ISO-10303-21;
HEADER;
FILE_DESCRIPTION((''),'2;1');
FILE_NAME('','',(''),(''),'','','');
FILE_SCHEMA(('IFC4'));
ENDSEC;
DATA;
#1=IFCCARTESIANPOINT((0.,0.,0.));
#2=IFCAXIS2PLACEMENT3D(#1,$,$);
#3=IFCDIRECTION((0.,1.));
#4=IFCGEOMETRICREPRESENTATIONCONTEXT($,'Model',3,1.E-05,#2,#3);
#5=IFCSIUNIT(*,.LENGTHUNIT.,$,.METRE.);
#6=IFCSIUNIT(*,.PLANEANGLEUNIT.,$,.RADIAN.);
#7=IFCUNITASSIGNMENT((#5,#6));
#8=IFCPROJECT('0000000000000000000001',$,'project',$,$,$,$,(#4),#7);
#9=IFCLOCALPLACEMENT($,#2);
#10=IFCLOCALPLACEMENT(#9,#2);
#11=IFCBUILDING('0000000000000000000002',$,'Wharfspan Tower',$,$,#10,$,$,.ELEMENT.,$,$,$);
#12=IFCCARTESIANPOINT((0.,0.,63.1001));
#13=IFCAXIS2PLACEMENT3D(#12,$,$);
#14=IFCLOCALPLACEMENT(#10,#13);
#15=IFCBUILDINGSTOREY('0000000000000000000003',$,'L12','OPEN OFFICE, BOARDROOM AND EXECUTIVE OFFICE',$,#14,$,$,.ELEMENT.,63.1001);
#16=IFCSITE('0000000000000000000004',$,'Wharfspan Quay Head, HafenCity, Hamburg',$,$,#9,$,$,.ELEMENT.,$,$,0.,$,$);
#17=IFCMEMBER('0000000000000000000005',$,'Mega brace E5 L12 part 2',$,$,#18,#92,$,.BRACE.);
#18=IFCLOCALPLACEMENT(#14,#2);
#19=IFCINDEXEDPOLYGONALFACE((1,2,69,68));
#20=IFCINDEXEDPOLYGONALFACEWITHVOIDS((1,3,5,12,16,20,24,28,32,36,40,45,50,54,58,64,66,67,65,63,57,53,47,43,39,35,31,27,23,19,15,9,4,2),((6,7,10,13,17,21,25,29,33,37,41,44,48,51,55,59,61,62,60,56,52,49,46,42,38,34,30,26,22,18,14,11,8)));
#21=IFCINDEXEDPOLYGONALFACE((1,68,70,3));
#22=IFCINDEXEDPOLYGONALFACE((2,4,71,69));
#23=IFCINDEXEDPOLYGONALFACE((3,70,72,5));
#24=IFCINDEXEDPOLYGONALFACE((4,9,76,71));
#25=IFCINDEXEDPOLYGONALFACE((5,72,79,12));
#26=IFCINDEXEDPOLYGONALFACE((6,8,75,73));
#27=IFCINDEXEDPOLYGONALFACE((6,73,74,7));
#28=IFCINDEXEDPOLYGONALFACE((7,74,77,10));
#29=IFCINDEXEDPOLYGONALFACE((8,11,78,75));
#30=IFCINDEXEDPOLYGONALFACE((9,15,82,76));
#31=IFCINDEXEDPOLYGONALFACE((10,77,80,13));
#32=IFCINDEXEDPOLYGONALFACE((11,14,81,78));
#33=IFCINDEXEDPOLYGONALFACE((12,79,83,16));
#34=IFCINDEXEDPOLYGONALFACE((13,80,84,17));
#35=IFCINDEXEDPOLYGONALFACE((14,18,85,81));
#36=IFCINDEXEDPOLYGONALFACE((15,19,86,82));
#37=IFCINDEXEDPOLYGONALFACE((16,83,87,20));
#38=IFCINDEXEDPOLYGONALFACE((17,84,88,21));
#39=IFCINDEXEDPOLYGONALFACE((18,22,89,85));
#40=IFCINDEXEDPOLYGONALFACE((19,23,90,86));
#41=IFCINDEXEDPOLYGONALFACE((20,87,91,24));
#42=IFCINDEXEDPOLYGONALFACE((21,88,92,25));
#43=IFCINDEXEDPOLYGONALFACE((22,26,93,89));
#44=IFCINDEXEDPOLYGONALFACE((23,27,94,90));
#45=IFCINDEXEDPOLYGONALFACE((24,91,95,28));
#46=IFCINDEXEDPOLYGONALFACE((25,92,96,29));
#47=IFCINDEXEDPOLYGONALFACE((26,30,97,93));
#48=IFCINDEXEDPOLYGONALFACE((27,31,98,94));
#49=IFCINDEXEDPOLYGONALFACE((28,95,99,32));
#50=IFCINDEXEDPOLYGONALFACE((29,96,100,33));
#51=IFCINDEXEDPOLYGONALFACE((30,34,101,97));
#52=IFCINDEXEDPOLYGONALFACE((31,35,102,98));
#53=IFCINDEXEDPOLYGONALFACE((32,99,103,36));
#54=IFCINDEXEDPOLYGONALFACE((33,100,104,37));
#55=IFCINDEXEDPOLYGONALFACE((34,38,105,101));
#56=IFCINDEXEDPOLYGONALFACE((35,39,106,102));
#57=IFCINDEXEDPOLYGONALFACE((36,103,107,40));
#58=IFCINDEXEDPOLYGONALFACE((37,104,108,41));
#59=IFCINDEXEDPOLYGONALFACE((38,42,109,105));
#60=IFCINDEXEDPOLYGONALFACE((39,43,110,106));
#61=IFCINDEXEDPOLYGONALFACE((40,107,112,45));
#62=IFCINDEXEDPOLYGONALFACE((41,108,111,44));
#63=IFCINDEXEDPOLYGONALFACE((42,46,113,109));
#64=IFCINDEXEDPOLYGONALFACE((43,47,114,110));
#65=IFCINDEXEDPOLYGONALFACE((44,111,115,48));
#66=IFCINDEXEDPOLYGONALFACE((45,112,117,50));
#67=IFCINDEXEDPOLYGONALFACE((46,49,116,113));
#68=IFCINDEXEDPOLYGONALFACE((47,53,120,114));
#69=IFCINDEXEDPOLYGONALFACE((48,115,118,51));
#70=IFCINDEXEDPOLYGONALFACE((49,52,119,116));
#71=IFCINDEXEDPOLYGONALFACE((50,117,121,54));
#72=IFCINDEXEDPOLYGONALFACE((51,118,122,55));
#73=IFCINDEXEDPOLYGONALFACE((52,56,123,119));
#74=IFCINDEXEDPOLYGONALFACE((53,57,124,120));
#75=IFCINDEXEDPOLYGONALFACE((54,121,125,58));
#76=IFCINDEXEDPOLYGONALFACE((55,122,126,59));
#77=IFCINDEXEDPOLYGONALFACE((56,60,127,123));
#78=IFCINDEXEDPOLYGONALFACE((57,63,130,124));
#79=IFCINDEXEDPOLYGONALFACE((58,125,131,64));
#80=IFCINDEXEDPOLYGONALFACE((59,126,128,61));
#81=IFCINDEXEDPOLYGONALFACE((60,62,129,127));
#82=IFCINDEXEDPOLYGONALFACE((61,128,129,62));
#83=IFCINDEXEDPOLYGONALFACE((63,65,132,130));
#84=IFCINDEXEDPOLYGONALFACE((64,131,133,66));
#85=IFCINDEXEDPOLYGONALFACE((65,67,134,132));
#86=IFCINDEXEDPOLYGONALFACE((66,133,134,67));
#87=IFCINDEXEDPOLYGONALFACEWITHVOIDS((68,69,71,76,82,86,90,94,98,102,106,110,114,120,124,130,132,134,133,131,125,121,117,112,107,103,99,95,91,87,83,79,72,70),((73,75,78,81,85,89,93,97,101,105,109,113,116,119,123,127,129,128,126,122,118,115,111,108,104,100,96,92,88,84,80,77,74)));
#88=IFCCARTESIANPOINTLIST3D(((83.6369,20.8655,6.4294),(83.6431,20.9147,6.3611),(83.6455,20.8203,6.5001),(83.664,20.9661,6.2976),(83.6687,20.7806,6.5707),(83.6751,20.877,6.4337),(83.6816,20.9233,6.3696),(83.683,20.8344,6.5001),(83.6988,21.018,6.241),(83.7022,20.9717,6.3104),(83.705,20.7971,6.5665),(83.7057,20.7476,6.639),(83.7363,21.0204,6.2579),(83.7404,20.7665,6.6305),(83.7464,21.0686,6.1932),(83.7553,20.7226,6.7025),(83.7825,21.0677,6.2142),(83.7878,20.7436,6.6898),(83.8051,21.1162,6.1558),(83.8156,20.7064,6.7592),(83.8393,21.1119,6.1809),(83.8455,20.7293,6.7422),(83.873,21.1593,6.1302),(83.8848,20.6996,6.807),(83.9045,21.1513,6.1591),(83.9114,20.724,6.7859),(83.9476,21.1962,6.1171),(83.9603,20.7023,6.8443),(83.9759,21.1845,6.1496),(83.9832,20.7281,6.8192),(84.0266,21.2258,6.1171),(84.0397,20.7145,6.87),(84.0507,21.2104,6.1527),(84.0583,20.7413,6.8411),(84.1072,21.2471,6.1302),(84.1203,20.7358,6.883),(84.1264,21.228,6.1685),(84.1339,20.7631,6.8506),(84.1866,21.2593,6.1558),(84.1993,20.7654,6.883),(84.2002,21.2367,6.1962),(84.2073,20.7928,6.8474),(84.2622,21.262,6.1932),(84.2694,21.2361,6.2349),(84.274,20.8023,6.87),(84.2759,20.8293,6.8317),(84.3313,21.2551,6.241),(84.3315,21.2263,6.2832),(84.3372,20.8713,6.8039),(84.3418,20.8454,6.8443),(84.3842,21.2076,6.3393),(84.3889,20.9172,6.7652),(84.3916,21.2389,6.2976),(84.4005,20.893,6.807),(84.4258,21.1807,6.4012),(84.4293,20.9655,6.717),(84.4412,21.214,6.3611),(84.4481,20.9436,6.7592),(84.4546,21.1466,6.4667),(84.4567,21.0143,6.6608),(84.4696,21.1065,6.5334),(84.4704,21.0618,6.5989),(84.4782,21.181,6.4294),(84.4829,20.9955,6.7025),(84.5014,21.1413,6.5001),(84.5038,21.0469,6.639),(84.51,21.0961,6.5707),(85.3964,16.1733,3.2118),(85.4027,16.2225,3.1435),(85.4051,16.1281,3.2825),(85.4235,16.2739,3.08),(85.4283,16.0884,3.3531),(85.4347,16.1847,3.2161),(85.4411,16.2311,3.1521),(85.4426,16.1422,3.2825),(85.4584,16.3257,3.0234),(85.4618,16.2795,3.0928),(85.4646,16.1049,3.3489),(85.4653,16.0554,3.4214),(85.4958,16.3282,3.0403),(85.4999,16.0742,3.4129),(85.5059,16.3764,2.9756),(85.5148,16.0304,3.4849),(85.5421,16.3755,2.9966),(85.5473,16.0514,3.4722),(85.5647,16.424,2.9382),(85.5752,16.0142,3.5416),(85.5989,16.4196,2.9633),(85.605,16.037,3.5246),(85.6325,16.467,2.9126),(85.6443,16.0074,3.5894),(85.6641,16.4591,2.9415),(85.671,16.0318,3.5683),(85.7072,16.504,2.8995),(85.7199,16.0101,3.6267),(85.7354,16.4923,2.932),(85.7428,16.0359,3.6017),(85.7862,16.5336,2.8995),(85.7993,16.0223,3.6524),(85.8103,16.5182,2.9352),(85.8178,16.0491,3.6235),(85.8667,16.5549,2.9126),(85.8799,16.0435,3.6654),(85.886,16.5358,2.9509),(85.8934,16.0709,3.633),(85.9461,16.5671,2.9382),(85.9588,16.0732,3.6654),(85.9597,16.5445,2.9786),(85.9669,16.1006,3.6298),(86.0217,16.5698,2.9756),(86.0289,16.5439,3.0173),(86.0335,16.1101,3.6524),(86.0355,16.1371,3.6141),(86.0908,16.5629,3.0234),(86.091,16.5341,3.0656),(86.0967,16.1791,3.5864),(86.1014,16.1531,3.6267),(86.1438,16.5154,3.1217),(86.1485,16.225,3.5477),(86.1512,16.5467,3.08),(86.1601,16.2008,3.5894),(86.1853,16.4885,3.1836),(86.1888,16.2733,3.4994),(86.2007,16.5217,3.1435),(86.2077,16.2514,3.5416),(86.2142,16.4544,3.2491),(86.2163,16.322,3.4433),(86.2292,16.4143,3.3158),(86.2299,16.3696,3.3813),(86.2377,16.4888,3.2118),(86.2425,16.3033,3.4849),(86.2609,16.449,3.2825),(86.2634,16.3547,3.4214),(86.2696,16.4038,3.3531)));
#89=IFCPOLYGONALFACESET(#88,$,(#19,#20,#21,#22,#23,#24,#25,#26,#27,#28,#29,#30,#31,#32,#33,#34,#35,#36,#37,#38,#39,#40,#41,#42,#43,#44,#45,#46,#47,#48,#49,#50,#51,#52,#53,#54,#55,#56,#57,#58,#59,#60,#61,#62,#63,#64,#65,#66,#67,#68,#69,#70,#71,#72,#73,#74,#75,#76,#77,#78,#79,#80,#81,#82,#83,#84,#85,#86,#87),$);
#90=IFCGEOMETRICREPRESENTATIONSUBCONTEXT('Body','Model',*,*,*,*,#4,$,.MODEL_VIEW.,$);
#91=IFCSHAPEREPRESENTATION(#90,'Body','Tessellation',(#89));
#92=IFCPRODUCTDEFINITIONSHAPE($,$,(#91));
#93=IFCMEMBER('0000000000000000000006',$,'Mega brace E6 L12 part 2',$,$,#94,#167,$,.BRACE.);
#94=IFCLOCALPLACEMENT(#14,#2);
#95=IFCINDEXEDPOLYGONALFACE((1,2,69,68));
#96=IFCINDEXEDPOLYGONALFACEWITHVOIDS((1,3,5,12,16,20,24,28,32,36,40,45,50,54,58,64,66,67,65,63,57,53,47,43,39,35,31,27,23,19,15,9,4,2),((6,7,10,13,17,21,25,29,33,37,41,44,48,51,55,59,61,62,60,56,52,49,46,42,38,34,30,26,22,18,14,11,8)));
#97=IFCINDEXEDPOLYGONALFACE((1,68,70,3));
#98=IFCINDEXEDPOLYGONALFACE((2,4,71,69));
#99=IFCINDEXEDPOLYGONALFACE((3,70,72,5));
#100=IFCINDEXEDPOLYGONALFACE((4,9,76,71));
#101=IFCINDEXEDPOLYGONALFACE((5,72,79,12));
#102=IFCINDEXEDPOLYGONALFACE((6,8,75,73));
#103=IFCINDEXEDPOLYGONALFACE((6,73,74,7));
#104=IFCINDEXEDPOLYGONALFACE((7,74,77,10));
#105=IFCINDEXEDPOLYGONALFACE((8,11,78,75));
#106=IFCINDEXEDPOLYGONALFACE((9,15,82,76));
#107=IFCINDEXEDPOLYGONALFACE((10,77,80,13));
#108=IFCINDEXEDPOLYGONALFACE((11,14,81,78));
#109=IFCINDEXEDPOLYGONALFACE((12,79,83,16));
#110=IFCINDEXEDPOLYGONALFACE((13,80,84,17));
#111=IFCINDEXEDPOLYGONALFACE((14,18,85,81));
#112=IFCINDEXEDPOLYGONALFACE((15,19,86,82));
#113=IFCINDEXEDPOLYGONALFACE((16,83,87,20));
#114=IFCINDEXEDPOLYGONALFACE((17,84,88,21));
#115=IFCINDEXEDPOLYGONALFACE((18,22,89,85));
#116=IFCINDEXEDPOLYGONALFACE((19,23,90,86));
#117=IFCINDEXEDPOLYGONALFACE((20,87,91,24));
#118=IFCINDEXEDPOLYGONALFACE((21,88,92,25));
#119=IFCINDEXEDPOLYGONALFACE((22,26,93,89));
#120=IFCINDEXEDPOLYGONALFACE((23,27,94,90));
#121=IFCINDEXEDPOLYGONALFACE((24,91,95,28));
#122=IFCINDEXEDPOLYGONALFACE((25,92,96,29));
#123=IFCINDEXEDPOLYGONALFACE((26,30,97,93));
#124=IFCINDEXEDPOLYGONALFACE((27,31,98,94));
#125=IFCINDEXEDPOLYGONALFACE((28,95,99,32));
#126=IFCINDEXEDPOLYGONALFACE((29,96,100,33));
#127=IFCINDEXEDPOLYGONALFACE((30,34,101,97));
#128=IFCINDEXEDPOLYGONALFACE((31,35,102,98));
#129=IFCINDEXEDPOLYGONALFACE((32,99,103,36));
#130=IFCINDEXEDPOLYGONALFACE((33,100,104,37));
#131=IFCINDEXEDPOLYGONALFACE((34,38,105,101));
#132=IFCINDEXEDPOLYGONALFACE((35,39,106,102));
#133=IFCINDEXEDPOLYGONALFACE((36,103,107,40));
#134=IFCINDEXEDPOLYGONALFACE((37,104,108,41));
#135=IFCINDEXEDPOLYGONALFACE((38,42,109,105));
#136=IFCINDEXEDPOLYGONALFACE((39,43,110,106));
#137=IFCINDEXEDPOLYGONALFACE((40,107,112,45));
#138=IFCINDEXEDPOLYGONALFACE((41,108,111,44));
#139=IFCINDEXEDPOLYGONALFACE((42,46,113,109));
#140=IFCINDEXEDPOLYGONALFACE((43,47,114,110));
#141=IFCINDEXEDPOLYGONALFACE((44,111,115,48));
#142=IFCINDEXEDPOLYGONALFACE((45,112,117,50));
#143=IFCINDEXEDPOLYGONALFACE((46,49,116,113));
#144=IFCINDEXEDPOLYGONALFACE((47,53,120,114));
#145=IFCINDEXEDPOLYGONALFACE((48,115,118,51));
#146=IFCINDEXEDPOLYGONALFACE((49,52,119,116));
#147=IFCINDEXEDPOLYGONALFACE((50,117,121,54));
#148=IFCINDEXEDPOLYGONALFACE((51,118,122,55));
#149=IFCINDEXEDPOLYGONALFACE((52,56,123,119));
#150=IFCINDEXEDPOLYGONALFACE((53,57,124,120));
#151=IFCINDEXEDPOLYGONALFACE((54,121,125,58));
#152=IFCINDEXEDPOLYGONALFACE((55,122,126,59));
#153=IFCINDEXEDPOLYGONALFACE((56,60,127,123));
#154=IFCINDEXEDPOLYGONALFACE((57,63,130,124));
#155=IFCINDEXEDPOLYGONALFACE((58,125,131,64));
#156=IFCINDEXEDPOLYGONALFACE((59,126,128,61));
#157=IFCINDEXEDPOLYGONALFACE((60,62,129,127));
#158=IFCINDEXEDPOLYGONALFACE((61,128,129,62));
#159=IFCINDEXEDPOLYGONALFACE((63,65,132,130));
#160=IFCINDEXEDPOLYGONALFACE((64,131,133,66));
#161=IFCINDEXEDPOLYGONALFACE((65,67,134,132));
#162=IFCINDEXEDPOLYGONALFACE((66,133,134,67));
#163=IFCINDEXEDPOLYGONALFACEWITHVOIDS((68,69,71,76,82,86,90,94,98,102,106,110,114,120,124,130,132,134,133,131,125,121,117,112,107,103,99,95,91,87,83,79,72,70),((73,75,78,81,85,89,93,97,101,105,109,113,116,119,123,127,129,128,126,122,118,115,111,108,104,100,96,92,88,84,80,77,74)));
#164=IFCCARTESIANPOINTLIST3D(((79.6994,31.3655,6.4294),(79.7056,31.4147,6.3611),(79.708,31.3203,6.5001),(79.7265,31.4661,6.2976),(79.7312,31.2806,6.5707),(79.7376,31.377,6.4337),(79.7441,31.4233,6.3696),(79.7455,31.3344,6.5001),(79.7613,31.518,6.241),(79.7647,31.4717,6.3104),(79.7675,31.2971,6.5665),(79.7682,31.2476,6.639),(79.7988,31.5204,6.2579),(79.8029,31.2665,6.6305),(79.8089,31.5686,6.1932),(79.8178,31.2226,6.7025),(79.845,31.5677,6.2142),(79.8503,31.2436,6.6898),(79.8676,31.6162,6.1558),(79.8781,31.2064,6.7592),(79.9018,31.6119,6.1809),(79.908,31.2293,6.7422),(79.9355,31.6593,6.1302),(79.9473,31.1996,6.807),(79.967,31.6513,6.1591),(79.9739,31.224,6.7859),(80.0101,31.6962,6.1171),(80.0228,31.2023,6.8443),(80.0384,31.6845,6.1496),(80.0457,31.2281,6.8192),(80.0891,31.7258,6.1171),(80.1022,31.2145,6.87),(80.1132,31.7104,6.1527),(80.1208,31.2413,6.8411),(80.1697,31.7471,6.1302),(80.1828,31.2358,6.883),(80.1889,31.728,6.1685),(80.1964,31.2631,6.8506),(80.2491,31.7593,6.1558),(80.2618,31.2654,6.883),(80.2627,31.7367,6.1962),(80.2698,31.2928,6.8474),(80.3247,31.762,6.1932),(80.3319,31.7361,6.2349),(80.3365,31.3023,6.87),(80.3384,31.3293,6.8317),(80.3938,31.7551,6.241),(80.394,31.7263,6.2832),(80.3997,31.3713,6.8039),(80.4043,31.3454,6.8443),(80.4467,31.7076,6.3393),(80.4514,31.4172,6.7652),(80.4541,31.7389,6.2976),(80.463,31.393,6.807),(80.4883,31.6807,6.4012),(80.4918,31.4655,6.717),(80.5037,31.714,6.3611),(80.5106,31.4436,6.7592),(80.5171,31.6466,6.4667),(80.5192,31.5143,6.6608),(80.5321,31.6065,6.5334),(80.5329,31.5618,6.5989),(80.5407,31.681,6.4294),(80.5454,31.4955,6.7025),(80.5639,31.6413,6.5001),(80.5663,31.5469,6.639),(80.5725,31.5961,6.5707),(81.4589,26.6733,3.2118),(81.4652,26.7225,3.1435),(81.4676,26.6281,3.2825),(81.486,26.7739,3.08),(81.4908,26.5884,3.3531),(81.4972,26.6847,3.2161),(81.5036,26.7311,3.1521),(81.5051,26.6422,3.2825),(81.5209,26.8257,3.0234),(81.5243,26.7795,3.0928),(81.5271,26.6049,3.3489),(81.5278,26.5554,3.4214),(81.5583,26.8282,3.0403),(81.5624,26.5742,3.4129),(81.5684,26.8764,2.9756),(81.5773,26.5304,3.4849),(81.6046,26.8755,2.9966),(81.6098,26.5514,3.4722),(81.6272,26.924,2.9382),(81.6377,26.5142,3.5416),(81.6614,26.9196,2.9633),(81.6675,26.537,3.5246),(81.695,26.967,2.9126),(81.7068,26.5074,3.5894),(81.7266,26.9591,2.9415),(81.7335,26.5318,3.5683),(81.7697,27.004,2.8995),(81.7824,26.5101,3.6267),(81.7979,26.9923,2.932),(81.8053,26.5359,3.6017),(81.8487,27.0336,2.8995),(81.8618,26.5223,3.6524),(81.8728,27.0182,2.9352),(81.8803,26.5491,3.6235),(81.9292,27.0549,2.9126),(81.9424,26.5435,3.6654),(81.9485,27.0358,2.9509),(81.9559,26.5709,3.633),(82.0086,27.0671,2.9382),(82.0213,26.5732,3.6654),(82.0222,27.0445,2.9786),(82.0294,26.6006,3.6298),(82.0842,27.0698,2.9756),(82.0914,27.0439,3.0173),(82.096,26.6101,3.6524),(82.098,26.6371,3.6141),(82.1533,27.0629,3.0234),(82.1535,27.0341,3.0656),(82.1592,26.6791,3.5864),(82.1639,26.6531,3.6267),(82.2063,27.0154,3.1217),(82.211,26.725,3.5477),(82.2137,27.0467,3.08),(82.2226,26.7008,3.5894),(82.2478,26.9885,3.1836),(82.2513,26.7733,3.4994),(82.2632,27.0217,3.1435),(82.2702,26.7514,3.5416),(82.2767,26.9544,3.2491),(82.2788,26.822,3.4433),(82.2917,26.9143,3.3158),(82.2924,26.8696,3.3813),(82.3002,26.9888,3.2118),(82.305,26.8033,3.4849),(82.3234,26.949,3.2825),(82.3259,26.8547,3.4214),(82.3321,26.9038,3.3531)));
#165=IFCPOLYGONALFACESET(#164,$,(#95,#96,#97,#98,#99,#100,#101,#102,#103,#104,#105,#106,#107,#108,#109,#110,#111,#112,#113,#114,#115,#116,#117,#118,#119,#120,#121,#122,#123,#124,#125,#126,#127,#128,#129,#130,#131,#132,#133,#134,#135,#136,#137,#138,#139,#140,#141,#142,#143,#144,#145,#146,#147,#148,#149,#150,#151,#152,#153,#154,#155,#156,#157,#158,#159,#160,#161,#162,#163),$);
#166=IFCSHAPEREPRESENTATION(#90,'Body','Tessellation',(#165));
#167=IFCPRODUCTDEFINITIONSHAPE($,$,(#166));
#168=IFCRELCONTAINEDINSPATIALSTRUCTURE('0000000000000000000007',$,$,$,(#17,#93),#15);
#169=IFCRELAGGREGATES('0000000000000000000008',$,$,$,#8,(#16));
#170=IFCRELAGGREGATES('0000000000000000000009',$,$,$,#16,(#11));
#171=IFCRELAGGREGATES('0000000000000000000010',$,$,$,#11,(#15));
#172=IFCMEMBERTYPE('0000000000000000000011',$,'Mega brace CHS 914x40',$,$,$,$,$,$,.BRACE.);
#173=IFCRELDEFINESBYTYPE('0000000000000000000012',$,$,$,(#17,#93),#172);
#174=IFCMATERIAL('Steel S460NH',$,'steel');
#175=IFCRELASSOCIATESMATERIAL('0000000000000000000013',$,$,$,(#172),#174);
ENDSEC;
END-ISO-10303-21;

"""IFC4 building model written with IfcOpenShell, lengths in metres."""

from ifc_helpers import new_model, si_unit, direction, frame, origin, origin_2d, place, context, subcontext, project, spatial, hollow_circle, extrude, material, material_profile, profile_set, type_object, element, save


model = new_model("IFC4")

# Units and contexts
model_context = context("Model", 3, precision=1e-05, world=origin(), true_north=direction((0.0, 1.0)))
body_context = subcontext(model_context, "Body", "Model", "MODEL_VIEW")
ifc_project = project(units=[si_unit("LENGTHUNIT", "METRE"), si_unit("PLANEANGLEUNIT", "RADIAN")], contexts=[model_context])

# Site, building, storey
site_placement = place(None, origin())
site = spatial("IfcSite", under=ifc_project, at=site_placement, Name="Wharfspan Quay Head, HafenCity, Hamburg", CompositionType="ELEMENT", RefElevation=0.0)
building_placement = place(site_placement, origin())
building = spatial("IfcBuilding", under=site, at=building_placement, Name="Wharfspan Tower", CompositionType="ELEMENT")
storey_placement = place(building_placement, frame((0.0, 0.0, 63.1001)))
storey = spatial("IfcBuildingStorey", under=building, at=storey_placement, Name="L12", Description="OPEN OFFICE, BOARDROOM AND EXECUTIVE OFFICE", CompositionType="ELEMENT", Elevation=63.1001)

# Members
ifc_material_1 = material(Name="Steel S460NH", Category="steel")
ifc_material_profile_1 = material_profile(ifc_material_1, hollow_circle(Radius=0.457, WallThickness=0.04, at=origin_2d()))
ifc_profile_set_1 = profile_set([ifc_material_profile_1], Name="Steel S460NH")
member_type_1 = type_object("IfcMemberType", Name="Mega brace CHS 914x40", PredefinedType="BRACE", material=ifc_profile_set_1)
for number, where, z_axis, x_axis, name in (
    (1, (85.833, 16.2886, 3.2825), (-0.295459, 0.787904, 0.540288), (-0.936328, -0.351115, -0.000003), "Mega brace E5 L12 part 2"),
    (2, (81.8955, 26.7886, 3.2825), (-0.295459, 0.787904, 0.540288), (-0.936328, -0.351115, -0.000003), "Mega brace E6 L12 part 2"),
):
    element("IfcMember", number, at=place(storey_placement, frame(where, z_axis=z_axis, x_axis=x_axis)), inside=storey, type_object=member_type_1, Name=name, PredefinedType="BRACE", context=body_context, shape_type="SweptSolid", body=[
        extrude(hollow_circle(Radius=0.457, WallThickness=0.04, at=origin_2d()), origin(), (0.0, 0.0, 1.0), 5.9553),
    ])

save(model, "model.ifc")
